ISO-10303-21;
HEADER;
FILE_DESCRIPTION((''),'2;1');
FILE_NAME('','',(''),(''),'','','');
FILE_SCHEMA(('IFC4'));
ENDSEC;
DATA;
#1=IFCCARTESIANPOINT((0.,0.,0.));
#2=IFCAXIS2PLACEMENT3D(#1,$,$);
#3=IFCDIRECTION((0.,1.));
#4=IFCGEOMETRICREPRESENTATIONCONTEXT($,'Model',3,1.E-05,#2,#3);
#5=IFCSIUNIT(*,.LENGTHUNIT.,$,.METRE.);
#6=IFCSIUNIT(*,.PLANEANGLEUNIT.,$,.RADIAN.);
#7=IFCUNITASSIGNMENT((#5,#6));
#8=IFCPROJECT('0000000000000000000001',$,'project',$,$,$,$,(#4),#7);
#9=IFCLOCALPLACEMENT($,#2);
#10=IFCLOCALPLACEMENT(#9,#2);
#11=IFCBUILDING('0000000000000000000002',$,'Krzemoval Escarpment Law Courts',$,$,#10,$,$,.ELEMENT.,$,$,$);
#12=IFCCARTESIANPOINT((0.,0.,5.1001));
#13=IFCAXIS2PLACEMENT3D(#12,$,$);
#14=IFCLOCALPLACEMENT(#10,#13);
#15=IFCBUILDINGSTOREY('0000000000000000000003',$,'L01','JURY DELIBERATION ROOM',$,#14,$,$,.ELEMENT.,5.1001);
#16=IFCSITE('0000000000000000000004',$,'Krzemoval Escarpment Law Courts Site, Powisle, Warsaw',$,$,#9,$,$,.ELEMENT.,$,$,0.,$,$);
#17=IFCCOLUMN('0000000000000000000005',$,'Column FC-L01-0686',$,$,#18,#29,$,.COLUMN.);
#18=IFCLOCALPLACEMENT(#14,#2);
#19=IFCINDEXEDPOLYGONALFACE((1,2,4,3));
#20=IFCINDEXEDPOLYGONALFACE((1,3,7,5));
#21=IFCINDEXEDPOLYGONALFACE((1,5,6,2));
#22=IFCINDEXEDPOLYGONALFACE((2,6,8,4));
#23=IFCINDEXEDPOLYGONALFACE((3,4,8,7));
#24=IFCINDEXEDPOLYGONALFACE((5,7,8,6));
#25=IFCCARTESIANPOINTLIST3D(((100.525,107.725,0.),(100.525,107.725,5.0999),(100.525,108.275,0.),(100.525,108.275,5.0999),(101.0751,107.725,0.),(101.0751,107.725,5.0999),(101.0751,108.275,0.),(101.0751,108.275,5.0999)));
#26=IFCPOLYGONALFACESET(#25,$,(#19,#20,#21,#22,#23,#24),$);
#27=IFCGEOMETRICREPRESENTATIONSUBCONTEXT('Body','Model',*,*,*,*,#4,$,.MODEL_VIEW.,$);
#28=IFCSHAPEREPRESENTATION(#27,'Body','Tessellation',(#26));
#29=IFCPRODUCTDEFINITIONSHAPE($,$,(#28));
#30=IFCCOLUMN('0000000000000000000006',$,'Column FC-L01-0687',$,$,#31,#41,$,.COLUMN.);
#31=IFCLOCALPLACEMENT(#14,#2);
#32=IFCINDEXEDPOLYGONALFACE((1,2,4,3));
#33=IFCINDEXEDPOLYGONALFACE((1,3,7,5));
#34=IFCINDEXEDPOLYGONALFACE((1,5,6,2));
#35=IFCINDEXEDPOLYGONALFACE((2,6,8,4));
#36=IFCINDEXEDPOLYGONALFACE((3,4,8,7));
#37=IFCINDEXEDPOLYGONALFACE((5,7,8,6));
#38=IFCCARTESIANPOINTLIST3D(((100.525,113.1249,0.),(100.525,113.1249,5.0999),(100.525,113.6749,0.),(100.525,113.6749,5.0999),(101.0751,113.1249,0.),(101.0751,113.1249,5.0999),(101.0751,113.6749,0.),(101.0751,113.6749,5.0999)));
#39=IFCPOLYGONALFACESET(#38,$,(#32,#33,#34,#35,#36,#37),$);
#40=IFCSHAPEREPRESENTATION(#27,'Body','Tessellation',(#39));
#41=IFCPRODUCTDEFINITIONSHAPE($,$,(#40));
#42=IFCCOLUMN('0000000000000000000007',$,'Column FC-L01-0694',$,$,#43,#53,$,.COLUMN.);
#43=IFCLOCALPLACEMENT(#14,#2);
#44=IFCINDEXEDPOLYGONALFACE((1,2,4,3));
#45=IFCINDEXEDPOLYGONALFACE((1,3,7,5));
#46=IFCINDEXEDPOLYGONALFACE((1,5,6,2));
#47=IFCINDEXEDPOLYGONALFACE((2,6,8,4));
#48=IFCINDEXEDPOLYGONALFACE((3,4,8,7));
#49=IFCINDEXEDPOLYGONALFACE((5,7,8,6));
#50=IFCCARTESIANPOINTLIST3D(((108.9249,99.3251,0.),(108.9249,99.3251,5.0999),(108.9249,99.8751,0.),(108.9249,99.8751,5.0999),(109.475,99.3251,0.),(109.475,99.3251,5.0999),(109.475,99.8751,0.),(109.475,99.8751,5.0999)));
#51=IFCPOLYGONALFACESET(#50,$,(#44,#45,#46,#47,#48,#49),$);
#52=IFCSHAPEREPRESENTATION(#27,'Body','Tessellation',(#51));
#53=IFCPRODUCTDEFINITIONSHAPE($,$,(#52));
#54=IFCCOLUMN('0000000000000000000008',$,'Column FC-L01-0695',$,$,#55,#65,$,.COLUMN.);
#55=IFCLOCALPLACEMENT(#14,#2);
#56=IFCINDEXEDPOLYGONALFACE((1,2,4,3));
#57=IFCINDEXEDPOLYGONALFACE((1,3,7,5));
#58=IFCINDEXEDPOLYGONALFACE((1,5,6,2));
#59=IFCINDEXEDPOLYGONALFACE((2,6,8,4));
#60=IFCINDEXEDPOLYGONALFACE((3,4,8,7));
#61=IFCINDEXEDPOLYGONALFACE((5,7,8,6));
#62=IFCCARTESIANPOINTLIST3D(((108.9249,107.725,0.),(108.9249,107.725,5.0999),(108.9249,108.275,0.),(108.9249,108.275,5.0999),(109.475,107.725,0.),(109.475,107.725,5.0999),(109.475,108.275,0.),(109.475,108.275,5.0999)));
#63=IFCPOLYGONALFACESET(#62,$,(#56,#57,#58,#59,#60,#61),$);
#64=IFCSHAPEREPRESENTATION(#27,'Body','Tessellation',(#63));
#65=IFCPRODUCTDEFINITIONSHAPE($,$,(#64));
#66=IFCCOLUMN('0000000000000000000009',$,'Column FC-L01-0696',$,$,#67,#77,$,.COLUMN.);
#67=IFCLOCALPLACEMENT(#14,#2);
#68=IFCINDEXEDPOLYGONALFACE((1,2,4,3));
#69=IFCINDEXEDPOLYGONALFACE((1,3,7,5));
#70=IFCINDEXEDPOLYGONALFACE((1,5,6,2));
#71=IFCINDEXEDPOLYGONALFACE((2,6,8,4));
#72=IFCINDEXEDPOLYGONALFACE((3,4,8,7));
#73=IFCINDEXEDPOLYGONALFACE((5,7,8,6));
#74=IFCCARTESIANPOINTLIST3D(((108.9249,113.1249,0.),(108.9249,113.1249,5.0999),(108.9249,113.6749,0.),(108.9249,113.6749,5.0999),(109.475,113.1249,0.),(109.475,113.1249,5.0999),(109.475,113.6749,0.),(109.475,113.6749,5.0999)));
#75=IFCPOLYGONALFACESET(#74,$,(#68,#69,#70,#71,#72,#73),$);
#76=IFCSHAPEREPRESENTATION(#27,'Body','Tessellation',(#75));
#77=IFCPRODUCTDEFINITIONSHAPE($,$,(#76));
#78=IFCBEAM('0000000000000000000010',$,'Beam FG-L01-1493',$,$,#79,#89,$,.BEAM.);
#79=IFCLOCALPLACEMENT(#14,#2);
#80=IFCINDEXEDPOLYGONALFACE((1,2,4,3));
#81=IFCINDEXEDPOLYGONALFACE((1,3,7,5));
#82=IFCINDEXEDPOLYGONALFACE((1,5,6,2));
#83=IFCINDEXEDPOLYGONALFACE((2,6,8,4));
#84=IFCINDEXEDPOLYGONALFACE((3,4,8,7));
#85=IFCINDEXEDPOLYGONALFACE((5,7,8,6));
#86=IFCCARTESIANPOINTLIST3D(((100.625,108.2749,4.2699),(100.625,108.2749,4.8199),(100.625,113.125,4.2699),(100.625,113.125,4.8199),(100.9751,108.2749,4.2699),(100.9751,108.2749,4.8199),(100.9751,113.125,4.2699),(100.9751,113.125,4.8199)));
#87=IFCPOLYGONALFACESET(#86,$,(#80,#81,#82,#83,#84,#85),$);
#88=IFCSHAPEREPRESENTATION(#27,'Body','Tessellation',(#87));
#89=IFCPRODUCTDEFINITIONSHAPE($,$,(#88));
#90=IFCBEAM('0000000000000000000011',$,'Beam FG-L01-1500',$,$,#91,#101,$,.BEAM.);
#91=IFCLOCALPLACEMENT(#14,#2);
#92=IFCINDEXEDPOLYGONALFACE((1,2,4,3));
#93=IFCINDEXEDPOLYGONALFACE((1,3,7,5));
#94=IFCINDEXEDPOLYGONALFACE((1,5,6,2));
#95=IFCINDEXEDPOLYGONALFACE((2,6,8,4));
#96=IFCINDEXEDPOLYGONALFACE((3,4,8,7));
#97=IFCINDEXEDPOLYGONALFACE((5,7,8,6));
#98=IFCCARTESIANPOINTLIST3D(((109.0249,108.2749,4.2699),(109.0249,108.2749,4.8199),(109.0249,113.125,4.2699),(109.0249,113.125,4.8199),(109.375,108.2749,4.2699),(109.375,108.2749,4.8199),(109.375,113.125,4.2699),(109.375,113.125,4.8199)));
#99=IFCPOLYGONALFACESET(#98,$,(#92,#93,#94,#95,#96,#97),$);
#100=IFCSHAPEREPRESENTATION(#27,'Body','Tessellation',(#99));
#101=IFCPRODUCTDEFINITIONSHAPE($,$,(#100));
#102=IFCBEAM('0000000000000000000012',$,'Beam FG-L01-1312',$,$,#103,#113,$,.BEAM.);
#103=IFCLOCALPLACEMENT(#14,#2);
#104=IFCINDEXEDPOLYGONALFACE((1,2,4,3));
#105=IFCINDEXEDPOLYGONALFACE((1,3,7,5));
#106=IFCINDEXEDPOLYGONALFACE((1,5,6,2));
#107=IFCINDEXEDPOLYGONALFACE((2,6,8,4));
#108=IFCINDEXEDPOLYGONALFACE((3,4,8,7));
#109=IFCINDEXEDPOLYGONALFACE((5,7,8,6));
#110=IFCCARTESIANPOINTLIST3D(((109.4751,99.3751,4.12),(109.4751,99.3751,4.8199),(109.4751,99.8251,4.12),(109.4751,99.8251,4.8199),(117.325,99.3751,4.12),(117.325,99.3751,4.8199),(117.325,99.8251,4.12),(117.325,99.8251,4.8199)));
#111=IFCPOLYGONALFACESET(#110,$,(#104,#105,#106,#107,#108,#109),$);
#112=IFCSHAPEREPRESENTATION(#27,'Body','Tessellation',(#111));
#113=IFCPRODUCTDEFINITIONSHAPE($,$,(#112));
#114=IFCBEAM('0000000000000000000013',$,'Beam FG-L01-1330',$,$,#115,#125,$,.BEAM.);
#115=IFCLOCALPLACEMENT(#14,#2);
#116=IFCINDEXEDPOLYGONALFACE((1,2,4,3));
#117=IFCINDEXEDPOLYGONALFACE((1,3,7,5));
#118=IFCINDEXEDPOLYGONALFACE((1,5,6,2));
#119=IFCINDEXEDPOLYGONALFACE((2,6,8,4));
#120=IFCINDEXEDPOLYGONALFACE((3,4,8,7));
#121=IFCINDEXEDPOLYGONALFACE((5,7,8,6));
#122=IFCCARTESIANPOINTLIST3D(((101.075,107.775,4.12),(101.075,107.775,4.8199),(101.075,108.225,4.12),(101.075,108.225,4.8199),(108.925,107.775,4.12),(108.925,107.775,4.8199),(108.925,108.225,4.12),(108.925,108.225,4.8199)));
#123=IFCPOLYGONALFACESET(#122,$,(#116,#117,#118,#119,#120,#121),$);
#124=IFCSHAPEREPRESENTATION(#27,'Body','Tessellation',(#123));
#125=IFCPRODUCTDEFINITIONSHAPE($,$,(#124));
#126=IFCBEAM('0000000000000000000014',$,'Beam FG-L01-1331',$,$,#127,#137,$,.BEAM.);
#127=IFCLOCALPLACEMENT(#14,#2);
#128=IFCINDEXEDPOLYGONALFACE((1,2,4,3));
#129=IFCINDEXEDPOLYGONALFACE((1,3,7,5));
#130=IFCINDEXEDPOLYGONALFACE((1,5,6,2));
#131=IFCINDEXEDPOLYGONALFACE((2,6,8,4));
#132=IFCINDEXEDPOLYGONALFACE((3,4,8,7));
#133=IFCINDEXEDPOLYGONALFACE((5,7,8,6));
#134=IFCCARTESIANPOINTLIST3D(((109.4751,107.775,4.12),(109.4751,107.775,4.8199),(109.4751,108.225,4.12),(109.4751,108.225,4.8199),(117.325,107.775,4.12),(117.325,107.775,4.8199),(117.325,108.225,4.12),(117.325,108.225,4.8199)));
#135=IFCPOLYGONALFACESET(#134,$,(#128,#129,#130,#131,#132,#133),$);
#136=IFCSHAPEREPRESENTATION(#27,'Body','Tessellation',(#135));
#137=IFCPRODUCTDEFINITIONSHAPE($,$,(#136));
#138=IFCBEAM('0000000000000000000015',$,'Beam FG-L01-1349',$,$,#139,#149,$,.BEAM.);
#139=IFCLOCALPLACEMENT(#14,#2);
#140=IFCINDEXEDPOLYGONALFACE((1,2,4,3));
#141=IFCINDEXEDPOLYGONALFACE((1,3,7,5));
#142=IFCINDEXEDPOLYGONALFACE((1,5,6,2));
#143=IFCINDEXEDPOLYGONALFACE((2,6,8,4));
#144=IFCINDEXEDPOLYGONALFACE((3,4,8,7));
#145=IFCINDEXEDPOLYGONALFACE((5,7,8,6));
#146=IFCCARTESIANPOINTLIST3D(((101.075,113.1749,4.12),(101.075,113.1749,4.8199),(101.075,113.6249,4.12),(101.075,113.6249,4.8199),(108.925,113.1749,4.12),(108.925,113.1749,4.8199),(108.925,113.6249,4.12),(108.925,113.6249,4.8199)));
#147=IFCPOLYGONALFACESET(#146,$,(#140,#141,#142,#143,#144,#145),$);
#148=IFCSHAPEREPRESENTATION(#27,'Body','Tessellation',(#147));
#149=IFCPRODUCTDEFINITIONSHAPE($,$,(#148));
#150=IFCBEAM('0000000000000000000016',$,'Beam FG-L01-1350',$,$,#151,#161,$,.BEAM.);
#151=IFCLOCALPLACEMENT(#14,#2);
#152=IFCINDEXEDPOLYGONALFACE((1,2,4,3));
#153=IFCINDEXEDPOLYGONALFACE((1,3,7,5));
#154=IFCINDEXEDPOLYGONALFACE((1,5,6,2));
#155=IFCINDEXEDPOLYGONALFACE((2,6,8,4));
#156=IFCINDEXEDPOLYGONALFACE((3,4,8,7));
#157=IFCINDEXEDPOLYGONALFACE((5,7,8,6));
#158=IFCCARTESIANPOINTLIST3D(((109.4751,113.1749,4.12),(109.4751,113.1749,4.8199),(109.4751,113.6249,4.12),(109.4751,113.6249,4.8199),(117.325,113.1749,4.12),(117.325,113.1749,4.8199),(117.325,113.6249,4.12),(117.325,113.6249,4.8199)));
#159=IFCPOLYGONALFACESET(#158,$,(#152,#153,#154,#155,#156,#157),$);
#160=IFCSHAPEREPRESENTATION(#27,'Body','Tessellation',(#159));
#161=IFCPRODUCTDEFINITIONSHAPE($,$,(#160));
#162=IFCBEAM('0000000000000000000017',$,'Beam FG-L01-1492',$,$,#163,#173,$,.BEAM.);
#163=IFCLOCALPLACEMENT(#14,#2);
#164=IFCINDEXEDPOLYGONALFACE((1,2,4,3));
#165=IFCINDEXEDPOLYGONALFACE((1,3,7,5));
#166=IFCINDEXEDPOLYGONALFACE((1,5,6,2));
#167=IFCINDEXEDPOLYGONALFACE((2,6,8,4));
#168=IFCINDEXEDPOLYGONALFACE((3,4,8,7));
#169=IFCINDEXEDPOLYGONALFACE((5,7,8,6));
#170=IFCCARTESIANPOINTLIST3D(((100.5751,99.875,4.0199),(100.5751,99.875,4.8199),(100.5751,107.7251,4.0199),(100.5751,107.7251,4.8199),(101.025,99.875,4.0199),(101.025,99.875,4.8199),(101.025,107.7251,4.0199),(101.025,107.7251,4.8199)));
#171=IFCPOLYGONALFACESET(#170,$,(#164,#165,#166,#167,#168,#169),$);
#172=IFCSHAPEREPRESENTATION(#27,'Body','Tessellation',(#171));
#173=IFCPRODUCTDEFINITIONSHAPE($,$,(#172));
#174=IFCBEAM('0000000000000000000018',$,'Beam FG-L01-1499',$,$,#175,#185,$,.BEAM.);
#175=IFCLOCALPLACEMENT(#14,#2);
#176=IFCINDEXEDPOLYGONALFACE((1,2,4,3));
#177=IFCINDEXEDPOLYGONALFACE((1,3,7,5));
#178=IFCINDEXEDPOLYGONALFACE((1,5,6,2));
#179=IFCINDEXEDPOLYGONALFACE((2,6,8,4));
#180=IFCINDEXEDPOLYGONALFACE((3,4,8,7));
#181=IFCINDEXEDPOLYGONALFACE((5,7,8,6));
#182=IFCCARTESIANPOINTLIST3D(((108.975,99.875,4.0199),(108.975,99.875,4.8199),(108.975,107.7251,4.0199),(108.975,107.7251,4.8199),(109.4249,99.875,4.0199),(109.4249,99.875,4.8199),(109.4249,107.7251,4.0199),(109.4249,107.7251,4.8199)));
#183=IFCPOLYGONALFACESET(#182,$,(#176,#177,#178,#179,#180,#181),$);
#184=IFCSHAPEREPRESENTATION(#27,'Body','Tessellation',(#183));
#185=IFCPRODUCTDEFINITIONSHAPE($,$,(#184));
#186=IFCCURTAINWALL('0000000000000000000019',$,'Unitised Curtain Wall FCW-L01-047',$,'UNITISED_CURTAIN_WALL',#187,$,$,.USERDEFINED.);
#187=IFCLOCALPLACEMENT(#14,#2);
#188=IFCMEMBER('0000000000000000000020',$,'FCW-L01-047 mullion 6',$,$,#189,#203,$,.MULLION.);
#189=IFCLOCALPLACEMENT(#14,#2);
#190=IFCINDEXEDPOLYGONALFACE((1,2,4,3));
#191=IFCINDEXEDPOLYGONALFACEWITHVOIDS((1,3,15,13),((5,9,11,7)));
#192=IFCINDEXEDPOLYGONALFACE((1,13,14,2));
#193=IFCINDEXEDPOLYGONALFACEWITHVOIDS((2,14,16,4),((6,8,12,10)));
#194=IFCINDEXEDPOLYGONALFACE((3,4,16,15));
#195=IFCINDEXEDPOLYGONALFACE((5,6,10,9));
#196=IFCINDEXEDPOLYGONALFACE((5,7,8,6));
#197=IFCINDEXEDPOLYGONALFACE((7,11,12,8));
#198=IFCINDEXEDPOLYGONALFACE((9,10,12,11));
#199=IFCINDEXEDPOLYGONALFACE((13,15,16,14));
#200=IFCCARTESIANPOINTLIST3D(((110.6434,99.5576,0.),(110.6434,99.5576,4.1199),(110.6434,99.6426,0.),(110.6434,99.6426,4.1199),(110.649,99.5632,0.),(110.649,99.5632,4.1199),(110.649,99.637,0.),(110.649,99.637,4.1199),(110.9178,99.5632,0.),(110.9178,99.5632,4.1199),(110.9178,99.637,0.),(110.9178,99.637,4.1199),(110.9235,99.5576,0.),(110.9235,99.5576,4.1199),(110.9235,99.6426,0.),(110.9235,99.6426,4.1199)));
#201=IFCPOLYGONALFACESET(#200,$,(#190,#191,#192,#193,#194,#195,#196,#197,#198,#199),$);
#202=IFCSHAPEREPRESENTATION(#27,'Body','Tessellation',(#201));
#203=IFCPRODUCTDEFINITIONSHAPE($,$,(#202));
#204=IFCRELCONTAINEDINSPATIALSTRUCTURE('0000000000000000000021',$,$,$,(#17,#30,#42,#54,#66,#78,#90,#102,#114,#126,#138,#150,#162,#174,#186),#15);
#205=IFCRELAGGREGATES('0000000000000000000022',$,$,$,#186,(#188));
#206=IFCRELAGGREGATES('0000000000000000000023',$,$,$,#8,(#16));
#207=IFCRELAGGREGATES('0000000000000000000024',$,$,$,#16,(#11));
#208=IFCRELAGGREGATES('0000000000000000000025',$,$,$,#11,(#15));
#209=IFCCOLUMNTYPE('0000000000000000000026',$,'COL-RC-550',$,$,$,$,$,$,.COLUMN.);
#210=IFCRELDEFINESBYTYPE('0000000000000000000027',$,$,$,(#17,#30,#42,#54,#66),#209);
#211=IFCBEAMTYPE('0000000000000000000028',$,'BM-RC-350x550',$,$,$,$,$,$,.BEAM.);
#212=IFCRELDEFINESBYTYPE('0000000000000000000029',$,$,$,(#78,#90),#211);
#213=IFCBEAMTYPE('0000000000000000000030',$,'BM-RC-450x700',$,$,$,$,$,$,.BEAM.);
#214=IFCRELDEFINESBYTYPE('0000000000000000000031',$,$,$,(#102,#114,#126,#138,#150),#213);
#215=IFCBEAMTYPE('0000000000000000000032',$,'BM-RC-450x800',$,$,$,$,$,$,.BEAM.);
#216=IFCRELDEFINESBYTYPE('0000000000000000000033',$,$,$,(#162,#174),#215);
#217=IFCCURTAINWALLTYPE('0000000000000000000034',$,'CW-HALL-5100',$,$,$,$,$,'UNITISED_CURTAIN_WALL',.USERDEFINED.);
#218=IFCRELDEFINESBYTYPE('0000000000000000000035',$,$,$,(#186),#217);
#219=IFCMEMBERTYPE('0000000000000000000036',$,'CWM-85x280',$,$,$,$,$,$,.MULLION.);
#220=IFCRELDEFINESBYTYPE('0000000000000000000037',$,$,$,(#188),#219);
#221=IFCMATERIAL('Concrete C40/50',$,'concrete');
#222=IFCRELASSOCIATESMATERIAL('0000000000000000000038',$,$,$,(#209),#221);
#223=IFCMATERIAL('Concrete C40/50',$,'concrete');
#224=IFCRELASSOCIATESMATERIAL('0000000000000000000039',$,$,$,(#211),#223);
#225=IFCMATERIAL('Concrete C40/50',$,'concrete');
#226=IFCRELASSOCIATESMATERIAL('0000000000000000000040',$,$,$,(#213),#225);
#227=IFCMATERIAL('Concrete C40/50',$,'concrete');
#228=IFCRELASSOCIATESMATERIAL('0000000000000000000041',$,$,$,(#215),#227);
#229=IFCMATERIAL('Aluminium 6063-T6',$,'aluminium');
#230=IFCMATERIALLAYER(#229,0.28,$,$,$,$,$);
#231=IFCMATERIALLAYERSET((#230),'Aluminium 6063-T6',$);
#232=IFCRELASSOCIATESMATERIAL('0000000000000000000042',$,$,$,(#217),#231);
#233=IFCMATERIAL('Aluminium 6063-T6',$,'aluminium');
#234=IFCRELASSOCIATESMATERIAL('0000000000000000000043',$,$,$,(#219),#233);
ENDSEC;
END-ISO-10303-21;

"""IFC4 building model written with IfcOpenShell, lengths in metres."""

from ifc_helpers import new_model, si_unit, direction, frame, origin, origin_2d, place, context, subcontext, project, spatial, rectangle, hollow_rectangle, extrude, material, layer, layer_set, material_profile, profile_set, type_object, element, aggregate, save


model = new_model("IFC4")

# Units and contexts
model_context = context("Model", 3, precision=1e-05, world=origin(), true_north=direction((0.0, 1.0)))
body_context = subcontext(model_context, "Body", "Model", "MODEL_VIEW")
ifc_project = project(units=[si_unit("LENGTHUNIT", "METRE"), si_unit("PLANEANGLEUNIT", "RADIAN")], contexts=[model_context])

# Site, building, storey
site_placement = place(None, origin())
site = spatial("IfcSite", under=ifc_project, at=site_placement, Name="Krzemoval Escarpment Law Courts Site, Powisle, Warsaw", CompositionType="ELEMENT", RefElevation=0.0)
building_placement = place(site_placement, origin())
building = spatial("IfcBuilding", under=site, at=building_placement, Name="Krzemoval Escarpment Law Courts", CompositionType="ELEMENT")
storey_placement = place(building_placement, frame((0.0, 0.0, 5.1001)))
storey = spatial("IfcBuildingStorey", under=building, at=storey_placement, Name="L01", Description="JURY DELIBERATION ROOM", CompositionType="ELEMENT", Elevation=5.1001)

# Columns
ifc_material_1 = material(Name="Concrete C40/50", Category="concrete")
ifc_material_profile_1 = material_profile(ifc_material_1, rectangle(XDim=0.55, YDim=0.55, at=origin_2d()), Name="RC 550x550")
ifc_profile_set_1 = profile_set([ifc_material_profile_1], Name="Concrete C40/50")
column_type = type_object("IfcColumnType", Name="COL-RC-550", PredefinedType="COLUMN", material=ifc_profile_set_1)
for number, where, z_axis, x_axis, name in (
    (1, (100.8, 108.0, 0.0), (0.0, 0.0, 1.0), (1.0, 0.0, 0.0), "Column FC-L01-0686"),
    (2, (100.8, 113.3999, 0.0), (0.0, 0.0, 1.0), (1.0, 0.0, 0.0), "Column FC-L01-0687"),
    (3, (109.2, 99.6001, 0.0), (0.0, 0.0, 1.0), (1.0, 0.0, 0.0), "Column FC-L01-0694"),
    (4, (109.2, 108.0, 0.0), (0.0, 0.0, 1.0), (1.0, 0.0, 0.0), "Column FC-L01-0695"),
    (5, (109.2, 113.3999, 0.0), (0.0, 0.0, 1.0), (1.0, 0.0, 0.0), "Column FC-L01-0696"),
):
    element("IfcColumn", number, at=place(storey_placement, frame(where, z_axis=z_axis, x_axis=x_axis)), inside=storey, type_object=column_type, Name=name, PredefinedType="COLUMN", context=body_context, shape_type="SweptSolid", body=[
        extrude(rectangle(XDim=0.55, YDim=0.55, at=origin_2d()), origin(), (0.0, 0.0, 1.0), 5.0999),
    ])

# Beams
ifc_material_2 = material(Name="Concrete C40/50", Category="concrete")
ifc_material_profile_2 = material_profile(ifc_material_2, rectangle(XDim=0.3501, YDim=0.55, at=origin_2d()), Name="RCB 350x550")
ifc_profile_set_2 = profile_set([ifc_material_profile_2], Name="Concrete C40/50")
beam_type_1 = type_object("IfcBeamType", Name="BM-RC-350x550", PredefinedType="BEAM", material=ifc_profile_set_2)
for number, where, z_axis, x_axis, name in (
    (6, (100.8, 108.2749, 4.5449), (0.0, 1.0, 0.0), (-1.0, 0.0, 0.0), "Beam FG-L01-1493"),
    (7, (109.2, 108.2749, 4.5449), (0.0, 1.0, 0.0), (-1.0, 0.0, 0.0), "Beam FG-L01-1500"),
):
    element("IfcBeam", number, at=place(storey_placement, frame(where, z_axis=z_axis, x_axis=x_axis)), inside=storey, type_object=beam_type_1, Name=name, PredefinedType="BEAM", context=body_context, shape_type="SweptSolid", body=[
        extrude(rectangle(XDim=0.3501, YDim=0.55, at=origin_2d()), origin(), (0.0, 0.0, 1.0), 4.8501),
    ])
ifc_material_3 = material(Name="Concrete C40/50", Category="concrete")
ifc_material_profile_3 = material_profile(ifc_material_3, rectangle(XDim=0.45, YDim=0.7, at=origin_2d()), Name="RCB 450x700")
ifc_profile_set_3 = profile_set([ifc_material_profile_3], Name="Concrete C40/50")
beam_type_2 = type_object("IfcBeamType", Name="BM-RC-450x700", PredefinedType="BEAM", material=ifc_profile_set_3)
beam_1_placement = place(storey_placement, frame((109.4751, 99.6001, 4.47), z_axis=(1.0, 0.0, 0.0), x_axis=(0.0, 1.0, 0.0)))
element("IfcBeam", 8, at=beam_1_placement, inside=storey, type_object=beam_type_2, Name="Beam FG-L01-1312", PredefinedType="BEAM", context=body_context, shape_type="SweptSolid", body=[
    extrude(rectangle(XDim=0.45, YDim=0.7, at=origin_2d()), origin(), (0.0, 0.0, 1.0), 7.8499),
])
beam_2_placement = place(storey_placement, frame((101.075, 108.0, 4.47), z_axis=(1.0, 0.0, 0.0), x_axis=(0.0, 1.0, 0.0)))
element("IfcBeam", 9, at=beam_2_placement, inside=storey, type_object=beam_type_2, Name="Beam FG-L01-1330", PredefinedType="BEAM", context=body_context, shape_type="SweptSolid", body=[
    extrude(rectangle(XDim=0.45, YDim=0.7, at=origin_2d()), origin(), (0.0, 0.0, 1.0), 7.8501),
])
beam_3_placement = place(storey_placement, frame((109.4751, 108.0, 4.47), z_axis=(1.0, 0.0, 0.0), x_axis=(0.0, 1.0, 0.0)))
element("IfcBeam", 10, at=beam_3_placement, inside=storey, type_object=beam_type_2, Name="Beam FG-L01-1331", PredefinedType="BEAM", context=body_context, shape_type="SweptSolid", body=[
    extrude(rectangle(XDim=0.45, YDim=0.7, at=origin_2d()), origin(), (0.0, 0.0, 1.0), 7.8499),
])
beam_4_placement = place(storey_placement, frame((101.075, 113.3999, 4.47), z_axis=(1.0, 0.0, 0.0), x_axis=(0.0, 1.0, 0.0)))
element("IfcBeam", 11, at=beam_4_placement, inside=storey, type_object=beam_type_2, Name="Beam FG-L01-1349", PredefinedType="BEAM", context=body_context, shape_type="SweptSolid", body=[
    extrude(rectangle(XDim=0.45, YDim=0.7, at=origin_2d()), origin(), (0.0, 0.0, 1.0), 7.8501),
])
beam_5_placement = place(storey_placement, frame((109.4751, 113.3999, 4.47), z_axis=(1.0, 0.0, 0.0), x_axis=(0.0, 1.0, 0.0)))
element("IfcBeam", 12, at=beam_5_placement, inside=storey, type_object=beam_type_2, Name="Beam FG-L01-1350", PredefinedType="BEAM", context=body_context, shape_type="SweptSolid", body=[
    extrude(rectangle(XDim=0.45, YDim=0.7, at=origin_2d()), origin(), (0.0, 0.0, 1.0), 7.8499),
])
ifc_material_4 = material(Name="Concrete C40/50", Category="concrete")
ifc_material_profile_4 = material_profile(ifc_material_4, rectangle(XDim=0.45, YDim=0.8, at=origin_2d()), Name="RCB 450x800")
ifc_profile_set_4 = profile_set([ifc_material_profile_4], Name="Concrete C40/50")
beam_type_3 = type_object("IfcBeamType", Name="BM-RC-450x800", PredefinedType="BEAM", material=ifc_profile_set_4)
for number, where, z_axis, x_axis, name in (
    (13, (100.8, 99.875, 4.4199), (0.0, 1.0, 0.0), (-1.0, 0.0, 0.0), "Beam FG-L01-1492"),
    (14, (109.2, 99.875, 4.4199), (0.0, 1.0, 0.0), (-1.0, 0.0, 0.0), "Beam FG-L01-1499"),
):
    element("IfcBeam", number, at=place(storey_placement, frame(where, z_axis=z_axis, x_axis=x_axis)), inside=storey, type_object=beam_type_3, Name=name, PredefinedType="BEAM", context=body_context, shape_type="SweptSolid", body=[
        extrude(rectangle(XDim=0.45, YDim=0.8, at=origin_2d()), origin(), (0.0, 0.0, 1.0), 7.8501),
    ])

# Curtain wall, member
ifc_material_5 = material(Name="Aluminium 6063-T6", Category="aluminium")
ifc_layer_1 = layer(ifc_material_5, 0.28)
ifc_layer_set_1 = layer_set([ifc_layer_1], Name="Aluminium 6063-T6")
curtain_wall_type = type_object("IfcCurtainWallType", Name="CW-HALL-5100", ElementType="UNITISED_CURTAIN_WALL", PredefinedType="USERDEFINED", material=ifc_layer_set_1)
curtain_wall_1_placement = place(storey_placement, origin())
curtain_wall_1 = element("IfcCurtainWall", 15, at=curtain_wall_1_placement, inside=storey, type_object=curtain_wall_type, Name="Unitised Curtain Wall FCW-L01-047", ObjectType="UNITISED_CURTAIN_WALL", PredefinedType="USERDEFINED")
ifc_material_6 = material(Name="Aluminium 6063-T6", Category="aluminium")
ifc_material_profile_5 = material_profile(ifc_material_6, hollow_rectangle(XDim=0.085, YDim=0.28, WallThickness=0.0056, at=origin_2d()), Name="ALU M85x280")
ifc_profile_set_5 = profile_set([ifc_material_profile_5], Name="Aluminium 6063-T6")
member_type_1 = type_object("IfcMemberType", Name="CWM-85x280", PredefinedType="MULLION", material=ifc_profile_set_5)
member_1_placement = place(storey_placement, frame((110.7834, 99.6001, 0.0), z_axis=(0.0, 0.0, 1.0), x_axis=(0.0, -1.0, 0.0)))
member_1 = element("IfcMember", 16, at=member_1_placement, type_object=member_type_1, Name="FCW-L01-047 mullion 6", PredefinedType="MULLION", context=body_context, shape_type="SweptSolid", body=[
    extrude(hollow_rectangle(XDim=0.085, YDim=0.28, WallThickness=0.0056, at=origin_2d()), origin(), (0.0, 0.0, 1.0), 4.1199),
])

aggregate(curtain_wall_1, [member_1])

save(model, "model.ifc")
